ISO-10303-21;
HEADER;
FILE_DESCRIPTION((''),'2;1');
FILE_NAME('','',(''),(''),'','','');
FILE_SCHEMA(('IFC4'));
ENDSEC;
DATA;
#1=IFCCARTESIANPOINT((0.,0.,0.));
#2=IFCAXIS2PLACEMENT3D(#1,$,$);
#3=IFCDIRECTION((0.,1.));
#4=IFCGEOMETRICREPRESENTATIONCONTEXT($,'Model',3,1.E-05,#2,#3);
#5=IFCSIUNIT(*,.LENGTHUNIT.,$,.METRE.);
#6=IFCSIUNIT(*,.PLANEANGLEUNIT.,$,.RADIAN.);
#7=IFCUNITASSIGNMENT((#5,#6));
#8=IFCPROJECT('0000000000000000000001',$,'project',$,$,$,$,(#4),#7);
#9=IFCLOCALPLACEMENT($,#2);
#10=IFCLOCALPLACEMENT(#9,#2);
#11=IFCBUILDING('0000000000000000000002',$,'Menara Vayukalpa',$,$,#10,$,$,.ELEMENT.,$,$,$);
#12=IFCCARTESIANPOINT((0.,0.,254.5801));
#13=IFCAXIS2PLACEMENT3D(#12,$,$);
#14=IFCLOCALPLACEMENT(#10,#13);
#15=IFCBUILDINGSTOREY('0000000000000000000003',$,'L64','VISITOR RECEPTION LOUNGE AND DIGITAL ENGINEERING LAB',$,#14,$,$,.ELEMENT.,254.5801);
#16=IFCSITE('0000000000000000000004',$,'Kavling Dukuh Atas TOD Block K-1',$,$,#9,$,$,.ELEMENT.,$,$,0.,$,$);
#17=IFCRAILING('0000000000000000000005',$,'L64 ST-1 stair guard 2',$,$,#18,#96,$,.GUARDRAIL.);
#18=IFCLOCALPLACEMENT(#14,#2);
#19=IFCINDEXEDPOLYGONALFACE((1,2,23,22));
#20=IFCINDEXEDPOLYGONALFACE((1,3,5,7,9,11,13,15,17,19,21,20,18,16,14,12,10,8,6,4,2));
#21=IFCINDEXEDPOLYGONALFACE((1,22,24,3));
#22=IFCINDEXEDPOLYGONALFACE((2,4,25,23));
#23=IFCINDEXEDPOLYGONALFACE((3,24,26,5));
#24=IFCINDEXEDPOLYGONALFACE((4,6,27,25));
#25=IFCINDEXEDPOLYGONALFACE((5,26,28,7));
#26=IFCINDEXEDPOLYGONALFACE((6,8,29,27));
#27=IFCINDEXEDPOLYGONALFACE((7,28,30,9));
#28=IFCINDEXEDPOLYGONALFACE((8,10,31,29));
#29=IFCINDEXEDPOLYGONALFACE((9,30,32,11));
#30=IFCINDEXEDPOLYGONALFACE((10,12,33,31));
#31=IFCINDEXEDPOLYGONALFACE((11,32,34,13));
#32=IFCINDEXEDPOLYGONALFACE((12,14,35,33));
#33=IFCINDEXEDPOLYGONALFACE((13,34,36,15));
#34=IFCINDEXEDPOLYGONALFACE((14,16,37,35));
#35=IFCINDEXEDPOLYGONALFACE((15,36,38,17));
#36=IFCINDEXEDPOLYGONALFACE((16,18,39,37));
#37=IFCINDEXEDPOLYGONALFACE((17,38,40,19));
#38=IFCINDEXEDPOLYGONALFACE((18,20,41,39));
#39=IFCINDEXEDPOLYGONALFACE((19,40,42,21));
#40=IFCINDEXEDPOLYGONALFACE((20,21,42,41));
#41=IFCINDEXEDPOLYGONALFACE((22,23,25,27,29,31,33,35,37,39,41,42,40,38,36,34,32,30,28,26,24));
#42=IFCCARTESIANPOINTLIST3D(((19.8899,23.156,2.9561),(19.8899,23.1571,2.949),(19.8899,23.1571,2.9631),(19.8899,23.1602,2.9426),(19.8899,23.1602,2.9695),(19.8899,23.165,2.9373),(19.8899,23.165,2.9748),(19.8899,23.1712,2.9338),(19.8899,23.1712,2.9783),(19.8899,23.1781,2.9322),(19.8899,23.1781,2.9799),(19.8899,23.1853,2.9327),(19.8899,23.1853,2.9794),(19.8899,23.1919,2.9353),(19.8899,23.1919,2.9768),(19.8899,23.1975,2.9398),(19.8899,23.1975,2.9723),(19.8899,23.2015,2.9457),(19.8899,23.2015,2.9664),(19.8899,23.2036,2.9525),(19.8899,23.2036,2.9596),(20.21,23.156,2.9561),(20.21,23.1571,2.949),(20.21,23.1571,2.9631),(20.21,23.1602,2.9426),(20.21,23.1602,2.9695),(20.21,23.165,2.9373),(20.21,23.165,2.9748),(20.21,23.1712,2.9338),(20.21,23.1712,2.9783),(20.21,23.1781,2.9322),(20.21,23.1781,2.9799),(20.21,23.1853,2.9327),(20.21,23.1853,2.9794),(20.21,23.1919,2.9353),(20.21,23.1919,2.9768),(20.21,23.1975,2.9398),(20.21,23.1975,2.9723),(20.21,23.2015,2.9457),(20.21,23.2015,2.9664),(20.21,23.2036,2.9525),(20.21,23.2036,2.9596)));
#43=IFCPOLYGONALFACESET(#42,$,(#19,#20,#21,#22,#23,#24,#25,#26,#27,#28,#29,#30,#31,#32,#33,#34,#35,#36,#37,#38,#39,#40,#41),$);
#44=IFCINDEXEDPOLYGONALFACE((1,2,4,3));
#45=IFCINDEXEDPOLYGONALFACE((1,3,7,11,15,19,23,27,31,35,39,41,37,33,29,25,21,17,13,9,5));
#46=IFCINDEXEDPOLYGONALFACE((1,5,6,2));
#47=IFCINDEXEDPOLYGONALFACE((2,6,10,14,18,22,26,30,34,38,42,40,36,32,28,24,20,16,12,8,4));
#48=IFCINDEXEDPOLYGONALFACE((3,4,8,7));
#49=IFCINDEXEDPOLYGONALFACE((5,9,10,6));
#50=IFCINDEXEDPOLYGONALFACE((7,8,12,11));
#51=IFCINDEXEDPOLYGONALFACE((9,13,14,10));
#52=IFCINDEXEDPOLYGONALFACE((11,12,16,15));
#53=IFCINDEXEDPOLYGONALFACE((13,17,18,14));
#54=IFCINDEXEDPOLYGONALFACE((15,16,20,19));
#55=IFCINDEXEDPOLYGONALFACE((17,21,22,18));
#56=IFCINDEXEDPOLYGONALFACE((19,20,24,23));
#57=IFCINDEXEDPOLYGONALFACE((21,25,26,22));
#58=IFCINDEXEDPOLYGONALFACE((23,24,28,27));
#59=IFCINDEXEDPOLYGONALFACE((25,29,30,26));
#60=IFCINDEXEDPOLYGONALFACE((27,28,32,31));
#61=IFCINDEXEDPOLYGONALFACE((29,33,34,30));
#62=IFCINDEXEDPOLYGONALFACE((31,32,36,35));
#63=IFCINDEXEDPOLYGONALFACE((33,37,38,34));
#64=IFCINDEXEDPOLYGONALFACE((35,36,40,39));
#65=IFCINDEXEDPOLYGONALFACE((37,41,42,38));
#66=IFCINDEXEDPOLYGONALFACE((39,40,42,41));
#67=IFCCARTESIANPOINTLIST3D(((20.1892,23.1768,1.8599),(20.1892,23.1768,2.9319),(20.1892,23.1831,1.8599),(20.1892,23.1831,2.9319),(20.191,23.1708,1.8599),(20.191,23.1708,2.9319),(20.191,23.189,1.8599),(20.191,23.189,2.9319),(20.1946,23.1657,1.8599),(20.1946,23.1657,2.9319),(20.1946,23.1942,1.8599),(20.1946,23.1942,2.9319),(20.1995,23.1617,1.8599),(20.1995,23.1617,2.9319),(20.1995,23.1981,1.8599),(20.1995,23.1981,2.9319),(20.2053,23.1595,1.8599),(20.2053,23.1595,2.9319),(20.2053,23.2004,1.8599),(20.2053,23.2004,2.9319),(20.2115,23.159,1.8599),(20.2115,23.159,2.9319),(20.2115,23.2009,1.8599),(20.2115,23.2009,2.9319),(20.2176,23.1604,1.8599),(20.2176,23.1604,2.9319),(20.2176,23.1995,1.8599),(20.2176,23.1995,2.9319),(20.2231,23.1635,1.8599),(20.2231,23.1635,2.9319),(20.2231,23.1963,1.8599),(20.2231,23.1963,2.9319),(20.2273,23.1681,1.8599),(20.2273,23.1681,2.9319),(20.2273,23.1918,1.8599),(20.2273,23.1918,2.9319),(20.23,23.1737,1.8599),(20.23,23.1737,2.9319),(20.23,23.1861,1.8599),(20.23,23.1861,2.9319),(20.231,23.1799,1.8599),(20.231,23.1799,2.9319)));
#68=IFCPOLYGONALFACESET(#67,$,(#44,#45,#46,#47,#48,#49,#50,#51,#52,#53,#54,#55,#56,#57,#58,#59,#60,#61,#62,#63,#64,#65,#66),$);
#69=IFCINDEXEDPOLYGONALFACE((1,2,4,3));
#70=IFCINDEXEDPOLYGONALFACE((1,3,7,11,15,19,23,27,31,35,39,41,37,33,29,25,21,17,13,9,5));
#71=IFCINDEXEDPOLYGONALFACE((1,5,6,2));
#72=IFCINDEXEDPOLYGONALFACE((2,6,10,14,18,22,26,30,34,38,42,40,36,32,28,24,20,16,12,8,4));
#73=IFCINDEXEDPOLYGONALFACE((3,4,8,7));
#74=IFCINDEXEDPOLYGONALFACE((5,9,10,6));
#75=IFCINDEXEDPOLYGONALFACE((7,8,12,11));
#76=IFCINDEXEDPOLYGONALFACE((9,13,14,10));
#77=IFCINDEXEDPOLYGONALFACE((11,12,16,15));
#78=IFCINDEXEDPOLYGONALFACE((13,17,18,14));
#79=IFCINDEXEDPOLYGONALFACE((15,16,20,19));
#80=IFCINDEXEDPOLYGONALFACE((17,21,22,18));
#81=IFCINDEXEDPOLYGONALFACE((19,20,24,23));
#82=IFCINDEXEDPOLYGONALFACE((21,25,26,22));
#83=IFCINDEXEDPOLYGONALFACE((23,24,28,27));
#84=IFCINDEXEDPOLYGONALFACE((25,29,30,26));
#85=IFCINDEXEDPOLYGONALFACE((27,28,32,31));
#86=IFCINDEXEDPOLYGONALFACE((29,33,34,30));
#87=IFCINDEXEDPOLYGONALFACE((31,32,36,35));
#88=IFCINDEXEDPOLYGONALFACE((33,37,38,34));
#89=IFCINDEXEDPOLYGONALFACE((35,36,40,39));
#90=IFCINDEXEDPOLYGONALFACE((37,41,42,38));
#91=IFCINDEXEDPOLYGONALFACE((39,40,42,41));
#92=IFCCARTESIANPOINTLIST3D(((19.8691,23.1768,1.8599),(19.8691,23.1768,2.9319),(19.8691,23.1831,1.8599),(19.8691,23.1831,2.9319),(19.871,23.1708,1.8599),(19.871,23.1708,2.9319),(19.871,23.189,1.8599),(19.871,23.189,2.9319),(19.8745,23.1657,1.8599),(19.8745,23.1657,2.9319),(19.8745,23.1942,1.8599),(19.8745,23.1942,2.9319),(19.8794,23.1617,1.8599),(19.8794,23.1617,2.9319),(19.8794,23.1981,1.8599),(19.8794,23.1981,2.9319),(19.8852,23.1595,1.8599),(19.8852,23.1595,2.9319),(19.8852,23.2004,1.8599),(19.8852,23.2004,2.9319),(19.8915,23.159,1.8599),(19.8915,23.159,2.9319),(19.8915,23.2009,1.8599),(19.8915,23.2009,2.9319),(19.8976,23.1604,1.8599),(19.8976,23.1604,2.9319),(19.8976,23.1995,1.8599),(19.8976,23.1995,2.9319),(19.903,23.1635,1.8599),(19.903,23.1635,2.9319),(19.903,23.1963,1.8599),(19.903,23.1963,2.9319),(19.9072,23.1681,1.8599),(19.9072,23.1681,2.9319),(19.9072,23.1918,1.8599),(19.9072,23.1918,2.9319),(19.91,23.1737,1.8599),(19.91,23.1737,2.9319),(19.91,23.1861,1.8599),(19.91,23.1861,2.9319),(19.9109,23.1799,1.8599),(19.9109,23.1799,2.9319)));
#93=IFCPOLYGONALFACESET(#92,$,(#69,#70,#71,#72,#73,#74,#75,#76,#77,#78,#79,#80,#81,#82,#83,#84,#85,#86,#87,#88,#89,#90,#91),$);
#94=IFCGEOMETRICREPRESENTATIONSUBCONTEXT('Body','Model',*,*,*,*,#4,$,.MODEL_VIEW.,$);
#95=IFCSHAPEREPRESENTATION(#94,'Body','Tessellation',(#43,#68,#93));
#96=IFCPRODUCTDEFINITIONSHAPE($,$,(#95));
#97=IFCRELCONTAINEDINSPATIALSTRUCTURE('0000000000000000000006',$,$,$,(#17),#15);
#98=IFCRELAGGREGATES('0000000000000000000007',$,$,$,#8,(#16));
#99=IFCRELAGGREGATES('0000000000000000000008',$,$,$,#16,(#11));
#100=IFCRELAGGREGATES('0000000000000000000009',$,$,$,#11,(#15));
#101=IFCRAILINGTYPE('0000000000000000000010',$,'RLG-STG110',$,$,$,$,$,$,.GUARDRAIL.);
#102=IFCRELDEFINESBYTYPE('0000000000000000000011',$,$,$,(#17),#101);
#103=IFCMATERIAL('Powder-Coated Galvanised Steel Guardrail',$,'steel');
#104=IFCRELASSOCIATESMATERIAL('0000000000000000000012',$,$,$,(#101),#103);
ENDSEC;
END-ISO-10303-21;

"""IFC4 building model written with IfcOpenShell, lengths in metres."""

from ifc_helpers import new_model, si_unit, direction, frame, origin, origin_2d, place, context, subcontext, project, spatial, circle, extrude, material, type_object, element, save


model = new_model("IFC4")

# Units and contexts
model_context = context("Model", 3, precision=1e-05, world=origin(), true_north=direction((0.0, 1.0)))
body_context = subcontext(model_context, "Body", "Model", "MODEL_VIEW")
ifc_project = project(units=[si_unit("LENGTHUNIT", "METRE"), si_unit("PLANEANGLEUNIT", "RADIAN")], contexts=[model_context])

# Site, building, storey
site_placement = place(None, origin())
site = spatial("IfcSite", under=ifc_project, at=site_placement, Name="Kavling Dukuh Atas TOD Block K-1", CompositionType="ELEMENT", RefElevation=0.0)
building_placement = place(site_placement, origin())
building = spatial("IfcBuilding", under=site, at=building_placement, Name="Menara Vayukalpa", CompositionType="ELEMENT")
storey_placement = place(building_placement, frame((0.0, 0.0, 254.5801)))
storey = spatial("IfcBuildingStorey", under=building, at=storey_placement, Name="L64", Description="VISITOR RECEPTION LOUNGE AND DIGITAL ENGINEERING LAB", CompositionType="ELEMENT", Elevation=254.5801)

# Railing
ifc_material_1 = material(Name="Powder-Coated Galvanised Steel Guardrail", Category="steel")
railing_type_1 = type_object("IfcRailingType", Name="RLG-STG110", PredefinedType="GUARDRAIL", material=ifc_material_1)
railing_1_placement = place(storey_placement, frame((20.21, 23.1799, 1.8599)))
element("IfcRailing", 1, at=railing_1_placement, inside=storey, type_object=railing_type_1, Name="L64 ST-1 stair guard 2", PredefinedType="GUARDRAIL", context=body_context, shape_type="SweptSolid", body=[
    extrude(circle(Radius=0.0239, at=origin_2d()), frame((0.0, 0.0, 1.0962), z_axis=(-1.0, 0.0, 0.0), x_axis=(0.0, -1.0, 0.0)), (0.0, 0.0, 1.0), 0.3201),
    extrude(circle(Radius=0.021, at=origin_2d()), origin(), (0.0, 0.0, 1.0), 1.072),
    extrude(circle(Radius=0.021, at=origin_2d()), frame((-0.3201, 0.0, 0.0)), (0.0, 0.0, 1.0), 1.072),
])

save(model, "model.ifc")
